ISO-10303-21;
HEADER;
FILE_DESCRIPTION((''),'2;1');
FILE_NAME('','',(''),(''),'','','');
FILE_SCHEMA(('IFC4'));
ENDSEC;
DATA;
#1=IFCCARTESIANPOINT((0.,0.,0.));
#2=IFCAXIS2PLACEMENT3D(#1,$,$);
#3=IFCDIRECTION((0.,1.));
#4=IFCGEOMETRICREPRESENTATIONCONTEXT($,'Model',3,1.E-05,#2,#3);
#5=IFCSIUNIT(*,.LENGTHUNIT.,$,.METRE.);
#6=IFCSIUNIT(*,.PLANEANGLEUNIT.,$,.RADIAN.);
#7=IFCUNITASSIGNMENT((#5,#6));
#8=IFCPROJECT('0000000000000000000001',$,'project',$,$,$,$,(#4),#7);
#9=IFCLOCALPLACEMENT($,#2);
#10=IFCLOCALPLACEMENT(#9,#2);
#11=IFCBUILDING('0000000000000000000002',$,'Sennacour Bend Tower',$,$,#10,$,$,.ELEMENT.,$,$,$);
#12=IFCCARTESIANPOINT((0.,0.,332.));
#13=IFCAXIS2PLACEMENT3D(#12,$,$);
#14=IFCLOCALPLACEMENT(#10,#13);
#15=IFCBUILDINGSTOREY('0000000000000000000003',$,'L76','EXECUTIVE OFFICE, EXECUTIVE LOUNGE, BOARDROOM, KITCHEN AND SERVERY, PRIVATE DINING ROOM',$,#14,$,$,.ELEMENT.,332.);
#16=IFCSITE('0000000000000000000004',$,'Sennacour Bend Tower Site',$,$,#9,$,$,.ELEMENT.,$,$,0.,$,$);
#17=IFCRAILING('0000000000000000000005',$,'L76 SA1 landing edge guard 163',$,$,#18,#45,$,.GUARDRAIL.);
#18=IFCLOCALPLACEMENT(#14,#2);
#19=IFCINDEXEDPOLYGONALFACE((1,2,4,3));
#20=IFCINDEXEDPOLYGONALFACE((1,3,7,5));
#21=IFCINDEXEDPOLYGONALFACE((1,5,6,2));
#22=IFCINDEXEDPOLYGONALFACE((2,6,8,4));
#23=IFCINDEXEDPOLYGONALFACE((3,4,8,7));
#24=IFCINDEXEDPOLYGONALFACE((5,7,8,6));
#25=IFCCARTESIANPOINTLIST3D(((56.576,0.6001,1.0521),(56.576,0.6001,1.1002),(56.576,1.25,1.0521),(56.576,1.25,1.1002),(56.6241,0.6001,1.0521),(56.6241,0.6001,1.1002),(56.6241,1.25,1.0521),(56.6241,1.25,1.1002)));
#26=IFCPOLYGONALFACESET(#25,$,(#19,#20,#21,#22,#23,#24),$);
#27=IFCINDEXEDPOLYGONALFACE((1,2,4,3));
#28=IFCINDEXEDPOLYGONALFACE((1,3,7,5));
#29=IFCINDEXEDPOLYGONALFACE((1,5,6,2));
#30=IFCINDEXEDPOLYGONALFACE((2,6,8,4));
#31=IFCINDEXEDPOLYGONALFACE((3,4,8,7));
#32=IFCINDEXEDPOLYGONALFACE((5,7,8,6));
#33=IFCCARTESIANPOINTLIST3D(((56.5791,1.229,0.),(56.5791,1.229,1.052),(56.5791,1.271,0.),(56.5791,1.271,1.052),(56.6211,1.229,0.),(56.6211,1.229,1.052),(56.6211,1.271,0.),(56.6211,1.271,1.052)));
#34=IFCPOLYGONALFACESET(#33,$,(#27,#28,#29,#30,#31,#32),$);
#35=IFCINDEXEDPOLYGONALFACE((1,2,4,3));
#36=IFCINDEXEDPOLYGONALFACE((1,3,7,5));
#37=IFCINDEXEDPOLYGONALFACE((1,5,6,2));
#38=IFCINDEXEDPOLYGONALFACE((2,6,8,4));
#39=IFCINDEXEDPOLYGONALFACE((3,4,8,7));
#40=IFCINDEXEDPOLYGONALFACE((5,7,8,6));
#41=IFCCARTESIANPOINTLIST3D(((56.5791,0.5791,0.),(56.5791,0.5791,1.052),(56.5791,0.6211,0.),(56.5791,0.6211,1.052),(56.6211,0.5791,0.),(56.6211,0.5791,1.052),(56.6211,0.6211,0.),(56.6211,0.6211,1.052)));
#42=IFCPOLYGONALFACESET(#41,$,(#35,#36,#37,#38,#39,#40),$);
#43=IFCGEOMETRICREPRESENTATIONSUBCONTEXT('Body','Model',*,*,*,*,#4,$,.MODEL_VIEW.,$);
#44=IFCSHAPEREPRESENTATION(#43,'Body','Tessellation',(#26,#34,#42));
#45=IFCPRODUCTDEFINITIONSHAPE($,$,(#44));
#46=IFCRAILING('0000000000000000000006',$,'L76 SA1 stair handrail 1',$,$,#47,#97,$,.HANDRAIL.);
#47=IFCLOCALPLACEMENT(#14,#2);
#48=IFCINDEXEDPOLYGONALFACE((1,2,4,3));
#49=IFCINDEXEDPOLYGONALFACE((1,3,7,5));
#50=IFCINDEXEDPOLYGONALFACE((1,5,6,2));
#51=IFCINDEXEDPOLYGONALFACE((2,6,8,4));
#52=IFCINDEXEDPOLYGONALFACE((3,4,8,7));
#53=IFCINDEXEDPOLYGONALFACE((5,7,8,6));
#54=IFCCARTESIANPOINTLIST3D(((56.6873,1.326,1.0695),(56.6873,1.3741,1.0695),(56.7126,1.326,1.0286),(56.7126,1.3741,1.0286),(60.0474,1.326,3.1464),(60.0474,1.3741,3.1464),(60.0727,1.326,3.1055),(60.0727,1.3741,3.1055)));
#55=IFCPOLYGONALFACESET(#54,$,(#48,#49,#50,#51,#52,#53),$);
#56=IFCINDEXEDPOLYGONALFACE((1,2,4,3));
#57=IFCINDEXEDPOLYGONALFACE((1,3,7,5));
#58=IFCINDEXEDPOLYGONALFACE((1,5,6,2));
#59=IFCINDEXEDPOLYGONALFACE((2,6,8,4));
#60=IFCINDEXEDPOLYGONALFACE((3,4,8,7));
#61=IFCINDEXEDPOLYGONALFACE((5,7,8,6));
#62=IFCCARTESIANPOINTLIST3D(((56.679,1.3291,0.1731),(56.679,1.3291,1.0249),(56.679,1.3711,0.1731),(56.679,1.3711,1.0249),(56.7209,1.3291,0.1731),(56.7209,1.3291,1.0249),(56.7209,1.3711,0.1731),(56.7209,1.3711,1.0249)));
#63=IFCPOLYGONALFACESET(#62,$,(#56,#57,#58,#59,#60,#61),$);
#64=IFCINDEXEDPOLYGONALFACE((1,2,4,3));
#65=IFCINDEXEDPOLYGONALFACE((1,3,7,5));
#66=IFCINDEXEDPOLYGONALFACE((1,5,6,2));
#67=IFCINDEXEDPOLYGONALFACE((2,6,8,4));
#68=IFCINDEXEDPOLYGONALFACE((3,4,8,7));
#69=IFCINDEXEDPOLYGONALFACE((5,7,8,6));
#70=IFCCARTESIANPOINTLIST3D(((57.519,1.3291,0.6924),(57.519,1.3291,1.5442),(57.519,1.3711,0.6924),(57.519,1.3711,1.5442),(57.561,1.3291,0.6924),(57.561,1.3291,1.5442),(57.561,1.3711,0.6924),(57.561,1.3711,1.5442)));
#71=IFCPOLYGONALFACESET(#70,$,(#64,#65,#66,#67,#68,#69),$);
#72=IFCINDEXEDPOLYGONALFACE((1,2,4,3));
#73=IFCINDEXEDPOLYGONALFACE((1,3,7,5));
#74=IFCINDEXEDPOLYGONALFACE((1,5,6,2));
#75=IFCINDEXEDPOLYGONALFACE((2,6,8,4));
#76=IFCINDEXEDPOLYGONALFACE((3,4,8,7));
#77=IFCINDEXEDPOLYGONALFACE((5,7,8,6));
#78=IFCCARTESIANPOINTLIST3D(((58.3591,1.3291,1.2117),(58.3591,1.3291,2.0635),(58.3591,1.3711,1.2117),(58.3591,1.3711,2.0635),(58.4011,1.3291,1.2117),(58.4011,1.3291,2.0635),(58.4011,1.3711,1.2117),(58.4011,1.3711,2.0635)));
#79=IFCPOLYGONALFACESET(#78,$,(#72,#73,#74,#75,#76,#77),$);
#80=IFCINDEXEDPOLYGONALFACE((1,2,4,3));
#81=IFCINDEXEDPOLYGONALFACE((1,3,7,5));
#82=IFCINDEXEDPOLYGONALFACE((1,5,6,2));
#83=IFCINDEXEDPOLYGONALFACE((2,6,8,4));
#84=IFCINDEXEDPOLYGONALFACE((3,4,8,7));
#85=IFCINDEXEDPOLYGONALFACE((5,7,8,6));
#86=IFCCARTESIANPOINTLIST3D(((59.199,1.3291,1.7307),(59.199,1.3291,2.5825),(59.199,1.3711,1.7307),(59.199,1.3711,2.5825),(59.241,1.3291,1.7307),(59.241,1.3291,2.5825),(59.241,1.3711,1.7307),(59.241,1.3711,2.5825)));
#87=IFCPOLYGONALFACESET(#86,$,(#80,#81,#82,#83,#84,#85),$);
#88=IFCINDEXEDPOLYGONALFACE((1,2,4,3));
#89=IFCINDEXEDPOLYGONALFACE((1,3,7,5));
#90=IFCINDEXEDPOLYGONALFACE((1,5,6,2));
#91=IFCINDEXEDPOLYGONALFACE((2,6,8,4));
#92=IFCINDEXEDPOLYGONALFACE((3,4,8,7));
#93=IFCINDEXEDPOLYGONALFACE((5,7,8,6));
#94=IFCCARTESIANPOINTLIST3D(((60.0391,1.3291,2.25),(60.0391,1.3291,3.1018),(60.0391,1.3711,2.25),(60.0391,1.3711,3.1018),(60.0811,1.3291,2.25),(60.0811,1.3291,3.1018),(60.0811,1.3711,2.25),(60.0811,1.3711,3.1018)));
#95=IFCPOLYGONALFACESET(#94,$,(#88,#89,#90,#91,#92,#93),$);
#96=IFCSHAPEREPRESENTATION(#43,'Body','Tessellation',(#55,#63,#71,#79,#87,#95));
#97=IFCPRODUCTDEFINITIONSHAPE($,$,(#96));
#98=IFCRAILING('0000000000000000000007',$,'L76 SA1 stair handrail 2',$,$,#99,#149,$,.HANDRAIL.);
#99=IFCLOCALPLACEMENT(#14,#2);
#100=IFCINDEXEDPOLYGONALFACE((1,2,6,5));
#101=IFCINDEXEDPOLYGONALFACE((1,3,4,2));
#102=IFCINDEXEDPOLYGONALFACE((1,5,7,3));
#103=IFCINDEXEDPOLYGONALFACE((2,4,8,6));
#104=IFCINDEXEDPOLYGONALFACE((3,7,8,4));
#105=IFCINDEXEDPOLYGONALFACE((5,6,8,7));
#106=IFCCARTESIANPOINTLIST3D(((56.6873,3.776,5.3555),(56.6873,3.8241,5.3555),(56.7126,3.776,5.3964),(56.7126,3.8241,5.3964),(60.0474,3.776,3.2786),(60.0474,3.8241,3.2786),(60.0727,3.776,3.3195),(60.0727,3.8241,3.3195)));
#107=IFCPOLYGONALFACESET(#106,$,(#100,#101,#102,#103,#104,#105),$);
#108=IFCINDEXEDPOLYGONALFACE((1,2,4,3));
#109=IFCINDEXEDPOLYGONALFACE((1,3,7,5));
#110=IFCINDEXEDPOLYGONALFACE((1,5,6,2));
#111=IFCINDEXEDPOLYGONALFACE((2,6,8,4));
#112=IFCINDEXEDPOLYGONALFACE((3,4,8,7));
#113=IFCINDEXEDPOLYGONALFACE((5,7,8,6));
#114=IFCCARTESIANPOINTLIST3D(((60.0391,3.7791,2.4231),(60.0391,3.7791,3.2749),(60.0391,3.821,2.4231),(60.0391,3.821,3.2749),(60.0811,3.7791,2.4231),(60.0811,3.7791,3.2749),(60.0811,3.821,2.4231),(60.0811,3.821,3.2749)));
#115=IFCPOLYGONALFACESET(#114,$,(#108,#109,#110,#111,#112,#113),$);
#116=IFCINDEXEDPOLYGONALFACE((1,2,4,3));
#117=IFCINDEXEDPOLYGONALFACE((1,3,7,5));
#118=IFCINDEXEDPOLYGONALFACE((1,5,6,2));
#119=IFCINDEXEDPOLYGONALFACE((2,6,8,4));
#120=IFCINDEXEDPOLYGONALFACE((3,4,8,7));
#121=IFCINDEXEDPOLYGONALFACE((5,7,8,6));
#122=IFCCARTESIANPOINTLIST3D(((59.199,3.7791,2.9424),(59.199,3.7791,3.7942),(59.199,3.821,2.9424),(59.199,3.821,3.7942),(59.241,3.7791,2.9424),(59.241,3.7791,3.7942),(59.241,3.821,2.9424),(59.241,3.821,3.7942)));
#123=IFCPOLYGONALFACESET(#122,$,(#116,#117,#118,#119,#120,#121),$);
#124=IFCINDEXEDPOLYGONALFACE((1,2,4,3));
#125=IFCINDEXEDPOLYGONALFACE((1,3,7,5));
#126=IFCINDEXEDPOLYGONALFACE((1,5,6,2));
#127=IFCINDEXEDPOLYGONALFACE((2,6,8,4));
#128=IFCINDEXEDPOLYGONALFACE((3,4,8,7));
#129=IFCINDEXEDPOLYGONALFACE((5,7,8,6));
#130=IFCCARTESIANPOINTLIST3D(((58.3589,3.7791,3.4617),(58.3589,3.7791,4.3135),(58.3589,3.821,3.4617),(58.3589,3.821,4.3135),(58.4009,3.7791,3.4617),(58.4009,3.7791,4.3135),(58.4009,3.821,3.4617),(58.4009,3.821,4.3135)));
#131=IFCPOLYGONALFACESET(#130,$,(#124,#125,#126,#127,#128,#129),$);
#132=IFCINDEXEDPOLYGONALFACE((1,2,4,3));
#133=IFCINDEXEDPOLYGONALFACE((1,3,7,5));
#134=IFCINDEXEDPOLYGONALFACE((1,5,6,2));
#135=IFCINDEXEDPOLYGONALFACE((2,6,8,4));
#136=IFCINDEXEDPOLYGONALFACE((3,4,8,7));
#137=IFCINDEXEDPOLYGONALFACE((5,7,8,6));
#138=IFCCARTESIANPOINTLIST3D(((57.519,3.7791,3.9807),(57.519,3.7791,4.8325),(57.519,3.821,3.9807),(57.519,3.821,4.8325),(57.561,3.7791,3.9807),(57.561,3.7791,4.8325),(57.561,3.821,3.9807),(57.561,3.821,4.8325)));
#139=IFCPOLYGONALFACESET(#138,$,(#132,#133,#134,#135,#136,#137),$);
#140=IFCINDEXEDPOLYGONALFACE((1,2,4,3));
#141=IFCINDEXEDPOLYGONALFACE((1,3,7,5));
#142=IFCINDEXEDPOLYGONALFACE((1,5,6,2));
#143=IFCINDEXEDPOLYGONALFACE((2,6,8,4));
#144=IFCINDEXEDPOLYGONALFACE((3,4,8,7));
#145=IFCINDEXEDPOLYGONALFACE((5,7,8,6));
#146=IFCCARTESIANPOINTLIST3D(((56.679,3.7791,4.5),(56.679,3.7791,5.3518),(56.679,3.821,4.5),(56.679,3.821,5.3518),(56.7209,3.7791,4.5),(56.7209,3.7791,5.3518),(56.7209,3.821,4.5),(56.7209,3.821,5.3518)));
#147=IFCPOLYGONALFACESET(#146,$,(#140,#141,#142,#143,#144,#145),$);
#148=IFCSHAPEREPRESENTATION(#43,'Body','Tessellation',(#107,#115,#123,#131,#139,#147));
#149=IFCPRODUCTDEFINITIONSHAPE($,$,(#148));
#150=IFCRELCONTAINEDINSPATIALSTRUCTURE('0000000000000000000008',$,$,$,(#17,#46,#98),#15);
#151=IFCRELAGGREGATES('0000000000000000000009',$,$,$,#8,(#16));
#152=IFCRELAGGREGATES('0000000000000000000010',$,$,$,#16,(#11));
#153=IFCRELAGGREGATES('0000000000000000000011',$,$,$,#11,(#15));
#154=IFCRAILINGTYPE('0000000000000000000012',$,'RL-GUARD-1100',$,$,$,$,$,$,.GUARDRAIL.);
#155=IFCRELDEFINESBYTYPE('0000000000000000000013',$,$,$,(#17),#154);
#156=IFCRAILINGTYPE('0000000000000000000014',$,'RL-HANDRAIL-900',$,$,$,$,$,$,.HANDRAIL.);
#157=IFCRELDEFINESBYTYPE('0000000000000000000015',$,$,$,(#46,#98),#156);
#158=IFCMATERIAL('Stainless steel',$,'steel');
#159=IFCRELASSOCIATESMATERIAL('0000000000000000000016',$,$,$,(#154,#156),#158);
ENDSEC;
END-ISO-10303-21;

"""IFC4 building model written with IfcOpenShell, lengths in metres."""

from ifc_helpers import new_model, si_unit, direction, frame, origin, origin_2d, place, context, subcontext, project, spatial, rectangle, extrude, material, type_object, element, save


model = new_model("IFC4")

# Units and contexts
model_context = context("Model", 3, precision=1e-05, world=origin(), true_north=direction((0.0, 1.0)))
body_context = subcontext(model_context, "Body", "Model", "MODEL_VIEW")
ifc_project = project(units=[si_unit("LENGTHUNIT", "METRE"), si_unit("PLANEANGLEUNIT", "RADIAN")], contexts=[model_context])

# Site, building, storey
site_placement = place(None, origin())
site = spatial("IfcSite", under=ifc_project, at=site_placement, Name="Sennacour Bend Tower Site", CompositionType="ELEMENT", RefElevation=0.0)
building_placement = place(site_placement, origin())
building = spatial("IfcBuilding", under=site, at=building_placement, Name="Sennacour Bend Tower", CompositionType="ELEMENT")
storey_placement = place(building_placement, frame((0.0, 0.0, 332.0)))
storey = spatial("IfcBuildingStorey", under=building, at=storey_placement, Name="L76", Description="EXECUTIVE OFFICE, EXECUTIVE LOUNGE, BOARDROOM, KITCHEN AND SERVERY, PRIVATE DINING ROOM", CompositionType="ELEMENT", Elevation=332.0)

# Shared definitions
ifc_material_1 = material(Name="Stainless steel", Category="steel")

# Railings
railing_type_1 = type_object("IfcRailingType", Name="RL-GUARD-1100", PredefinedType="GUARDRAIL", material=ifc_material_1)
railing_1_placement = place(storey_placement, frame((56.6001, 1.25, 0.0)))
element("IfcRailing", 1, at=railing_1_placement, inside=storey, type_object=railing_type_1, Name="L76 SA1 landing edge guard 163", PredefinedType="GUARDRAIL", context=body_context, shape_type="SweptSolid", body=[
    extrude(rectangle(XDim=0.0481, YDim=0.0481, at=origin_2d()), frame((0.0, 0.0, 1.0762), z_axis=(0.0, -1.0, 0.0), x_axis=(1.0, 0.0, 0.0)), (0.0, 0.0, 1.0), 0.6499),
    extrude(rectangle(XDim=0.042, YDim=0.042, at=origin_2d()), origin(), (0.0, 0.0, 1.0), 1.052),
    extrude(rectangle(XDim=0.042, YDim=0.042, at=origin_2d()), frame((0.0, -0.6499, 0.0)), (0.0, 0.0, 1.0), 1.052),
])
railing_type_2 = type_object("IfcRailingType", Name="RL-HANDRAIL-900", PredefinedType="HANDRAIL", material=ifc_material_1)
railing_2_placement = place(storey_placement, frame((56.7, 1.3501, 0.1731)))
element("IfcRailing", 2, at=railing_2_placement, inside=storey, type_object=railing_type_2, Name="L76 SA1 stair handrail 1", PredefinedType="HANDRAIL", context=body_context, shape_type="SweptSolid", body=[
    extrude(rectangle(XDim=0.0481, YDim=0.0481, at=origin_2d()), frame((0.0, 0.0, 0.876), z_axis=(0.850623, 0.0, 0.525776), x_axis=(0.0, 1.0, 0.0)), (0.0, 0.0, 1.0), 3.9502),
    extrude(rectangle(XDim=0.042, YDim=0.042, at=origin_2d()), origin(), (0.0, 0.0, 1.0), 0.8518),
    extrude(rectangle(XDim=0.042, YDim=0.042, at=origin_2d()), frame((0.8401, 0.0, 0.5193)), (0.0, 0.0, 1.0), 0.8518),
    extrude(rectangle(XDim=0.042, YDim=0.042, at=origin_2d()), frame((1.6802, 0.0, 1.0386)), (0.0, 0.0, 1.0), 0.8518),
    extrude(rectangle(XDim=0.042, YDim=0.042, at=origin_2d()), frame((2.52, 0.0, 1.5576)), (0.0, 0.0, 1.0), 0.8518),
    extrude(rectangle(XDim=0.042, YDim=0.042, at=origin_2d()), frame((3.3601, 0.0, 2.0769)), (0.0, 0.0, 1.0), 0.8518),
])
railing_3_placement = place(storey_placement, frame((60.0601, 3.8, 2.4231)))
element("IfcRailing", 3, at=railing_3_placement, inside=storey, type_object=railing_type_2, Name="L76 SA1 stair handrail 2", PredefinedType="HANDRAIL", context=body_context, shape_type="SweptSolid", body=[
    extrude(rectangle(XDim=0.0481, YDim=0.0481, at=origin_2d()), frame((0.0, 0.0, 0.876), z_axis=(-0.850623, 0.0, 0.525776), x_axis=(0.0, -1.0, 0.0)), (0.0, 0.0, 1.0), 3.9502),
    extrude(rectangle(XDim=0.042, YDim=0.042, at=origin_2d()), origin(), (0.0, 0.0, 1.0), 0.8518),
    extrude(rectangle(XDim=0.042, YDim=0.042, at=origin_2d()), frame((-0.8401, 0.0, 0.5193)), (0.0, 0.0, 1.0), 0.8518),
    extrude(rectangle(XDim=0.042, YDim=0.042, at=origin_2d()), frame((-1.6802, 0.0, 1.0386)), (0.0, 0.0, 1.0), 0.8518),
    extrude(rectangle(XDim=0.042, YDim=0.042, at=origin_2d()), frame((-2.52, 0.0, 1.5576)), (0.0, 0.0, 1.0), 0.8518),
    extrude(rectangle(XDim=0.042, YDim=0.042, at=origin_2d()), frame((-3.3601, 0.0, 2.0769)), (0.0, 0.0, 1.0), 0.8518),
])

save(model, "model.ifc")
